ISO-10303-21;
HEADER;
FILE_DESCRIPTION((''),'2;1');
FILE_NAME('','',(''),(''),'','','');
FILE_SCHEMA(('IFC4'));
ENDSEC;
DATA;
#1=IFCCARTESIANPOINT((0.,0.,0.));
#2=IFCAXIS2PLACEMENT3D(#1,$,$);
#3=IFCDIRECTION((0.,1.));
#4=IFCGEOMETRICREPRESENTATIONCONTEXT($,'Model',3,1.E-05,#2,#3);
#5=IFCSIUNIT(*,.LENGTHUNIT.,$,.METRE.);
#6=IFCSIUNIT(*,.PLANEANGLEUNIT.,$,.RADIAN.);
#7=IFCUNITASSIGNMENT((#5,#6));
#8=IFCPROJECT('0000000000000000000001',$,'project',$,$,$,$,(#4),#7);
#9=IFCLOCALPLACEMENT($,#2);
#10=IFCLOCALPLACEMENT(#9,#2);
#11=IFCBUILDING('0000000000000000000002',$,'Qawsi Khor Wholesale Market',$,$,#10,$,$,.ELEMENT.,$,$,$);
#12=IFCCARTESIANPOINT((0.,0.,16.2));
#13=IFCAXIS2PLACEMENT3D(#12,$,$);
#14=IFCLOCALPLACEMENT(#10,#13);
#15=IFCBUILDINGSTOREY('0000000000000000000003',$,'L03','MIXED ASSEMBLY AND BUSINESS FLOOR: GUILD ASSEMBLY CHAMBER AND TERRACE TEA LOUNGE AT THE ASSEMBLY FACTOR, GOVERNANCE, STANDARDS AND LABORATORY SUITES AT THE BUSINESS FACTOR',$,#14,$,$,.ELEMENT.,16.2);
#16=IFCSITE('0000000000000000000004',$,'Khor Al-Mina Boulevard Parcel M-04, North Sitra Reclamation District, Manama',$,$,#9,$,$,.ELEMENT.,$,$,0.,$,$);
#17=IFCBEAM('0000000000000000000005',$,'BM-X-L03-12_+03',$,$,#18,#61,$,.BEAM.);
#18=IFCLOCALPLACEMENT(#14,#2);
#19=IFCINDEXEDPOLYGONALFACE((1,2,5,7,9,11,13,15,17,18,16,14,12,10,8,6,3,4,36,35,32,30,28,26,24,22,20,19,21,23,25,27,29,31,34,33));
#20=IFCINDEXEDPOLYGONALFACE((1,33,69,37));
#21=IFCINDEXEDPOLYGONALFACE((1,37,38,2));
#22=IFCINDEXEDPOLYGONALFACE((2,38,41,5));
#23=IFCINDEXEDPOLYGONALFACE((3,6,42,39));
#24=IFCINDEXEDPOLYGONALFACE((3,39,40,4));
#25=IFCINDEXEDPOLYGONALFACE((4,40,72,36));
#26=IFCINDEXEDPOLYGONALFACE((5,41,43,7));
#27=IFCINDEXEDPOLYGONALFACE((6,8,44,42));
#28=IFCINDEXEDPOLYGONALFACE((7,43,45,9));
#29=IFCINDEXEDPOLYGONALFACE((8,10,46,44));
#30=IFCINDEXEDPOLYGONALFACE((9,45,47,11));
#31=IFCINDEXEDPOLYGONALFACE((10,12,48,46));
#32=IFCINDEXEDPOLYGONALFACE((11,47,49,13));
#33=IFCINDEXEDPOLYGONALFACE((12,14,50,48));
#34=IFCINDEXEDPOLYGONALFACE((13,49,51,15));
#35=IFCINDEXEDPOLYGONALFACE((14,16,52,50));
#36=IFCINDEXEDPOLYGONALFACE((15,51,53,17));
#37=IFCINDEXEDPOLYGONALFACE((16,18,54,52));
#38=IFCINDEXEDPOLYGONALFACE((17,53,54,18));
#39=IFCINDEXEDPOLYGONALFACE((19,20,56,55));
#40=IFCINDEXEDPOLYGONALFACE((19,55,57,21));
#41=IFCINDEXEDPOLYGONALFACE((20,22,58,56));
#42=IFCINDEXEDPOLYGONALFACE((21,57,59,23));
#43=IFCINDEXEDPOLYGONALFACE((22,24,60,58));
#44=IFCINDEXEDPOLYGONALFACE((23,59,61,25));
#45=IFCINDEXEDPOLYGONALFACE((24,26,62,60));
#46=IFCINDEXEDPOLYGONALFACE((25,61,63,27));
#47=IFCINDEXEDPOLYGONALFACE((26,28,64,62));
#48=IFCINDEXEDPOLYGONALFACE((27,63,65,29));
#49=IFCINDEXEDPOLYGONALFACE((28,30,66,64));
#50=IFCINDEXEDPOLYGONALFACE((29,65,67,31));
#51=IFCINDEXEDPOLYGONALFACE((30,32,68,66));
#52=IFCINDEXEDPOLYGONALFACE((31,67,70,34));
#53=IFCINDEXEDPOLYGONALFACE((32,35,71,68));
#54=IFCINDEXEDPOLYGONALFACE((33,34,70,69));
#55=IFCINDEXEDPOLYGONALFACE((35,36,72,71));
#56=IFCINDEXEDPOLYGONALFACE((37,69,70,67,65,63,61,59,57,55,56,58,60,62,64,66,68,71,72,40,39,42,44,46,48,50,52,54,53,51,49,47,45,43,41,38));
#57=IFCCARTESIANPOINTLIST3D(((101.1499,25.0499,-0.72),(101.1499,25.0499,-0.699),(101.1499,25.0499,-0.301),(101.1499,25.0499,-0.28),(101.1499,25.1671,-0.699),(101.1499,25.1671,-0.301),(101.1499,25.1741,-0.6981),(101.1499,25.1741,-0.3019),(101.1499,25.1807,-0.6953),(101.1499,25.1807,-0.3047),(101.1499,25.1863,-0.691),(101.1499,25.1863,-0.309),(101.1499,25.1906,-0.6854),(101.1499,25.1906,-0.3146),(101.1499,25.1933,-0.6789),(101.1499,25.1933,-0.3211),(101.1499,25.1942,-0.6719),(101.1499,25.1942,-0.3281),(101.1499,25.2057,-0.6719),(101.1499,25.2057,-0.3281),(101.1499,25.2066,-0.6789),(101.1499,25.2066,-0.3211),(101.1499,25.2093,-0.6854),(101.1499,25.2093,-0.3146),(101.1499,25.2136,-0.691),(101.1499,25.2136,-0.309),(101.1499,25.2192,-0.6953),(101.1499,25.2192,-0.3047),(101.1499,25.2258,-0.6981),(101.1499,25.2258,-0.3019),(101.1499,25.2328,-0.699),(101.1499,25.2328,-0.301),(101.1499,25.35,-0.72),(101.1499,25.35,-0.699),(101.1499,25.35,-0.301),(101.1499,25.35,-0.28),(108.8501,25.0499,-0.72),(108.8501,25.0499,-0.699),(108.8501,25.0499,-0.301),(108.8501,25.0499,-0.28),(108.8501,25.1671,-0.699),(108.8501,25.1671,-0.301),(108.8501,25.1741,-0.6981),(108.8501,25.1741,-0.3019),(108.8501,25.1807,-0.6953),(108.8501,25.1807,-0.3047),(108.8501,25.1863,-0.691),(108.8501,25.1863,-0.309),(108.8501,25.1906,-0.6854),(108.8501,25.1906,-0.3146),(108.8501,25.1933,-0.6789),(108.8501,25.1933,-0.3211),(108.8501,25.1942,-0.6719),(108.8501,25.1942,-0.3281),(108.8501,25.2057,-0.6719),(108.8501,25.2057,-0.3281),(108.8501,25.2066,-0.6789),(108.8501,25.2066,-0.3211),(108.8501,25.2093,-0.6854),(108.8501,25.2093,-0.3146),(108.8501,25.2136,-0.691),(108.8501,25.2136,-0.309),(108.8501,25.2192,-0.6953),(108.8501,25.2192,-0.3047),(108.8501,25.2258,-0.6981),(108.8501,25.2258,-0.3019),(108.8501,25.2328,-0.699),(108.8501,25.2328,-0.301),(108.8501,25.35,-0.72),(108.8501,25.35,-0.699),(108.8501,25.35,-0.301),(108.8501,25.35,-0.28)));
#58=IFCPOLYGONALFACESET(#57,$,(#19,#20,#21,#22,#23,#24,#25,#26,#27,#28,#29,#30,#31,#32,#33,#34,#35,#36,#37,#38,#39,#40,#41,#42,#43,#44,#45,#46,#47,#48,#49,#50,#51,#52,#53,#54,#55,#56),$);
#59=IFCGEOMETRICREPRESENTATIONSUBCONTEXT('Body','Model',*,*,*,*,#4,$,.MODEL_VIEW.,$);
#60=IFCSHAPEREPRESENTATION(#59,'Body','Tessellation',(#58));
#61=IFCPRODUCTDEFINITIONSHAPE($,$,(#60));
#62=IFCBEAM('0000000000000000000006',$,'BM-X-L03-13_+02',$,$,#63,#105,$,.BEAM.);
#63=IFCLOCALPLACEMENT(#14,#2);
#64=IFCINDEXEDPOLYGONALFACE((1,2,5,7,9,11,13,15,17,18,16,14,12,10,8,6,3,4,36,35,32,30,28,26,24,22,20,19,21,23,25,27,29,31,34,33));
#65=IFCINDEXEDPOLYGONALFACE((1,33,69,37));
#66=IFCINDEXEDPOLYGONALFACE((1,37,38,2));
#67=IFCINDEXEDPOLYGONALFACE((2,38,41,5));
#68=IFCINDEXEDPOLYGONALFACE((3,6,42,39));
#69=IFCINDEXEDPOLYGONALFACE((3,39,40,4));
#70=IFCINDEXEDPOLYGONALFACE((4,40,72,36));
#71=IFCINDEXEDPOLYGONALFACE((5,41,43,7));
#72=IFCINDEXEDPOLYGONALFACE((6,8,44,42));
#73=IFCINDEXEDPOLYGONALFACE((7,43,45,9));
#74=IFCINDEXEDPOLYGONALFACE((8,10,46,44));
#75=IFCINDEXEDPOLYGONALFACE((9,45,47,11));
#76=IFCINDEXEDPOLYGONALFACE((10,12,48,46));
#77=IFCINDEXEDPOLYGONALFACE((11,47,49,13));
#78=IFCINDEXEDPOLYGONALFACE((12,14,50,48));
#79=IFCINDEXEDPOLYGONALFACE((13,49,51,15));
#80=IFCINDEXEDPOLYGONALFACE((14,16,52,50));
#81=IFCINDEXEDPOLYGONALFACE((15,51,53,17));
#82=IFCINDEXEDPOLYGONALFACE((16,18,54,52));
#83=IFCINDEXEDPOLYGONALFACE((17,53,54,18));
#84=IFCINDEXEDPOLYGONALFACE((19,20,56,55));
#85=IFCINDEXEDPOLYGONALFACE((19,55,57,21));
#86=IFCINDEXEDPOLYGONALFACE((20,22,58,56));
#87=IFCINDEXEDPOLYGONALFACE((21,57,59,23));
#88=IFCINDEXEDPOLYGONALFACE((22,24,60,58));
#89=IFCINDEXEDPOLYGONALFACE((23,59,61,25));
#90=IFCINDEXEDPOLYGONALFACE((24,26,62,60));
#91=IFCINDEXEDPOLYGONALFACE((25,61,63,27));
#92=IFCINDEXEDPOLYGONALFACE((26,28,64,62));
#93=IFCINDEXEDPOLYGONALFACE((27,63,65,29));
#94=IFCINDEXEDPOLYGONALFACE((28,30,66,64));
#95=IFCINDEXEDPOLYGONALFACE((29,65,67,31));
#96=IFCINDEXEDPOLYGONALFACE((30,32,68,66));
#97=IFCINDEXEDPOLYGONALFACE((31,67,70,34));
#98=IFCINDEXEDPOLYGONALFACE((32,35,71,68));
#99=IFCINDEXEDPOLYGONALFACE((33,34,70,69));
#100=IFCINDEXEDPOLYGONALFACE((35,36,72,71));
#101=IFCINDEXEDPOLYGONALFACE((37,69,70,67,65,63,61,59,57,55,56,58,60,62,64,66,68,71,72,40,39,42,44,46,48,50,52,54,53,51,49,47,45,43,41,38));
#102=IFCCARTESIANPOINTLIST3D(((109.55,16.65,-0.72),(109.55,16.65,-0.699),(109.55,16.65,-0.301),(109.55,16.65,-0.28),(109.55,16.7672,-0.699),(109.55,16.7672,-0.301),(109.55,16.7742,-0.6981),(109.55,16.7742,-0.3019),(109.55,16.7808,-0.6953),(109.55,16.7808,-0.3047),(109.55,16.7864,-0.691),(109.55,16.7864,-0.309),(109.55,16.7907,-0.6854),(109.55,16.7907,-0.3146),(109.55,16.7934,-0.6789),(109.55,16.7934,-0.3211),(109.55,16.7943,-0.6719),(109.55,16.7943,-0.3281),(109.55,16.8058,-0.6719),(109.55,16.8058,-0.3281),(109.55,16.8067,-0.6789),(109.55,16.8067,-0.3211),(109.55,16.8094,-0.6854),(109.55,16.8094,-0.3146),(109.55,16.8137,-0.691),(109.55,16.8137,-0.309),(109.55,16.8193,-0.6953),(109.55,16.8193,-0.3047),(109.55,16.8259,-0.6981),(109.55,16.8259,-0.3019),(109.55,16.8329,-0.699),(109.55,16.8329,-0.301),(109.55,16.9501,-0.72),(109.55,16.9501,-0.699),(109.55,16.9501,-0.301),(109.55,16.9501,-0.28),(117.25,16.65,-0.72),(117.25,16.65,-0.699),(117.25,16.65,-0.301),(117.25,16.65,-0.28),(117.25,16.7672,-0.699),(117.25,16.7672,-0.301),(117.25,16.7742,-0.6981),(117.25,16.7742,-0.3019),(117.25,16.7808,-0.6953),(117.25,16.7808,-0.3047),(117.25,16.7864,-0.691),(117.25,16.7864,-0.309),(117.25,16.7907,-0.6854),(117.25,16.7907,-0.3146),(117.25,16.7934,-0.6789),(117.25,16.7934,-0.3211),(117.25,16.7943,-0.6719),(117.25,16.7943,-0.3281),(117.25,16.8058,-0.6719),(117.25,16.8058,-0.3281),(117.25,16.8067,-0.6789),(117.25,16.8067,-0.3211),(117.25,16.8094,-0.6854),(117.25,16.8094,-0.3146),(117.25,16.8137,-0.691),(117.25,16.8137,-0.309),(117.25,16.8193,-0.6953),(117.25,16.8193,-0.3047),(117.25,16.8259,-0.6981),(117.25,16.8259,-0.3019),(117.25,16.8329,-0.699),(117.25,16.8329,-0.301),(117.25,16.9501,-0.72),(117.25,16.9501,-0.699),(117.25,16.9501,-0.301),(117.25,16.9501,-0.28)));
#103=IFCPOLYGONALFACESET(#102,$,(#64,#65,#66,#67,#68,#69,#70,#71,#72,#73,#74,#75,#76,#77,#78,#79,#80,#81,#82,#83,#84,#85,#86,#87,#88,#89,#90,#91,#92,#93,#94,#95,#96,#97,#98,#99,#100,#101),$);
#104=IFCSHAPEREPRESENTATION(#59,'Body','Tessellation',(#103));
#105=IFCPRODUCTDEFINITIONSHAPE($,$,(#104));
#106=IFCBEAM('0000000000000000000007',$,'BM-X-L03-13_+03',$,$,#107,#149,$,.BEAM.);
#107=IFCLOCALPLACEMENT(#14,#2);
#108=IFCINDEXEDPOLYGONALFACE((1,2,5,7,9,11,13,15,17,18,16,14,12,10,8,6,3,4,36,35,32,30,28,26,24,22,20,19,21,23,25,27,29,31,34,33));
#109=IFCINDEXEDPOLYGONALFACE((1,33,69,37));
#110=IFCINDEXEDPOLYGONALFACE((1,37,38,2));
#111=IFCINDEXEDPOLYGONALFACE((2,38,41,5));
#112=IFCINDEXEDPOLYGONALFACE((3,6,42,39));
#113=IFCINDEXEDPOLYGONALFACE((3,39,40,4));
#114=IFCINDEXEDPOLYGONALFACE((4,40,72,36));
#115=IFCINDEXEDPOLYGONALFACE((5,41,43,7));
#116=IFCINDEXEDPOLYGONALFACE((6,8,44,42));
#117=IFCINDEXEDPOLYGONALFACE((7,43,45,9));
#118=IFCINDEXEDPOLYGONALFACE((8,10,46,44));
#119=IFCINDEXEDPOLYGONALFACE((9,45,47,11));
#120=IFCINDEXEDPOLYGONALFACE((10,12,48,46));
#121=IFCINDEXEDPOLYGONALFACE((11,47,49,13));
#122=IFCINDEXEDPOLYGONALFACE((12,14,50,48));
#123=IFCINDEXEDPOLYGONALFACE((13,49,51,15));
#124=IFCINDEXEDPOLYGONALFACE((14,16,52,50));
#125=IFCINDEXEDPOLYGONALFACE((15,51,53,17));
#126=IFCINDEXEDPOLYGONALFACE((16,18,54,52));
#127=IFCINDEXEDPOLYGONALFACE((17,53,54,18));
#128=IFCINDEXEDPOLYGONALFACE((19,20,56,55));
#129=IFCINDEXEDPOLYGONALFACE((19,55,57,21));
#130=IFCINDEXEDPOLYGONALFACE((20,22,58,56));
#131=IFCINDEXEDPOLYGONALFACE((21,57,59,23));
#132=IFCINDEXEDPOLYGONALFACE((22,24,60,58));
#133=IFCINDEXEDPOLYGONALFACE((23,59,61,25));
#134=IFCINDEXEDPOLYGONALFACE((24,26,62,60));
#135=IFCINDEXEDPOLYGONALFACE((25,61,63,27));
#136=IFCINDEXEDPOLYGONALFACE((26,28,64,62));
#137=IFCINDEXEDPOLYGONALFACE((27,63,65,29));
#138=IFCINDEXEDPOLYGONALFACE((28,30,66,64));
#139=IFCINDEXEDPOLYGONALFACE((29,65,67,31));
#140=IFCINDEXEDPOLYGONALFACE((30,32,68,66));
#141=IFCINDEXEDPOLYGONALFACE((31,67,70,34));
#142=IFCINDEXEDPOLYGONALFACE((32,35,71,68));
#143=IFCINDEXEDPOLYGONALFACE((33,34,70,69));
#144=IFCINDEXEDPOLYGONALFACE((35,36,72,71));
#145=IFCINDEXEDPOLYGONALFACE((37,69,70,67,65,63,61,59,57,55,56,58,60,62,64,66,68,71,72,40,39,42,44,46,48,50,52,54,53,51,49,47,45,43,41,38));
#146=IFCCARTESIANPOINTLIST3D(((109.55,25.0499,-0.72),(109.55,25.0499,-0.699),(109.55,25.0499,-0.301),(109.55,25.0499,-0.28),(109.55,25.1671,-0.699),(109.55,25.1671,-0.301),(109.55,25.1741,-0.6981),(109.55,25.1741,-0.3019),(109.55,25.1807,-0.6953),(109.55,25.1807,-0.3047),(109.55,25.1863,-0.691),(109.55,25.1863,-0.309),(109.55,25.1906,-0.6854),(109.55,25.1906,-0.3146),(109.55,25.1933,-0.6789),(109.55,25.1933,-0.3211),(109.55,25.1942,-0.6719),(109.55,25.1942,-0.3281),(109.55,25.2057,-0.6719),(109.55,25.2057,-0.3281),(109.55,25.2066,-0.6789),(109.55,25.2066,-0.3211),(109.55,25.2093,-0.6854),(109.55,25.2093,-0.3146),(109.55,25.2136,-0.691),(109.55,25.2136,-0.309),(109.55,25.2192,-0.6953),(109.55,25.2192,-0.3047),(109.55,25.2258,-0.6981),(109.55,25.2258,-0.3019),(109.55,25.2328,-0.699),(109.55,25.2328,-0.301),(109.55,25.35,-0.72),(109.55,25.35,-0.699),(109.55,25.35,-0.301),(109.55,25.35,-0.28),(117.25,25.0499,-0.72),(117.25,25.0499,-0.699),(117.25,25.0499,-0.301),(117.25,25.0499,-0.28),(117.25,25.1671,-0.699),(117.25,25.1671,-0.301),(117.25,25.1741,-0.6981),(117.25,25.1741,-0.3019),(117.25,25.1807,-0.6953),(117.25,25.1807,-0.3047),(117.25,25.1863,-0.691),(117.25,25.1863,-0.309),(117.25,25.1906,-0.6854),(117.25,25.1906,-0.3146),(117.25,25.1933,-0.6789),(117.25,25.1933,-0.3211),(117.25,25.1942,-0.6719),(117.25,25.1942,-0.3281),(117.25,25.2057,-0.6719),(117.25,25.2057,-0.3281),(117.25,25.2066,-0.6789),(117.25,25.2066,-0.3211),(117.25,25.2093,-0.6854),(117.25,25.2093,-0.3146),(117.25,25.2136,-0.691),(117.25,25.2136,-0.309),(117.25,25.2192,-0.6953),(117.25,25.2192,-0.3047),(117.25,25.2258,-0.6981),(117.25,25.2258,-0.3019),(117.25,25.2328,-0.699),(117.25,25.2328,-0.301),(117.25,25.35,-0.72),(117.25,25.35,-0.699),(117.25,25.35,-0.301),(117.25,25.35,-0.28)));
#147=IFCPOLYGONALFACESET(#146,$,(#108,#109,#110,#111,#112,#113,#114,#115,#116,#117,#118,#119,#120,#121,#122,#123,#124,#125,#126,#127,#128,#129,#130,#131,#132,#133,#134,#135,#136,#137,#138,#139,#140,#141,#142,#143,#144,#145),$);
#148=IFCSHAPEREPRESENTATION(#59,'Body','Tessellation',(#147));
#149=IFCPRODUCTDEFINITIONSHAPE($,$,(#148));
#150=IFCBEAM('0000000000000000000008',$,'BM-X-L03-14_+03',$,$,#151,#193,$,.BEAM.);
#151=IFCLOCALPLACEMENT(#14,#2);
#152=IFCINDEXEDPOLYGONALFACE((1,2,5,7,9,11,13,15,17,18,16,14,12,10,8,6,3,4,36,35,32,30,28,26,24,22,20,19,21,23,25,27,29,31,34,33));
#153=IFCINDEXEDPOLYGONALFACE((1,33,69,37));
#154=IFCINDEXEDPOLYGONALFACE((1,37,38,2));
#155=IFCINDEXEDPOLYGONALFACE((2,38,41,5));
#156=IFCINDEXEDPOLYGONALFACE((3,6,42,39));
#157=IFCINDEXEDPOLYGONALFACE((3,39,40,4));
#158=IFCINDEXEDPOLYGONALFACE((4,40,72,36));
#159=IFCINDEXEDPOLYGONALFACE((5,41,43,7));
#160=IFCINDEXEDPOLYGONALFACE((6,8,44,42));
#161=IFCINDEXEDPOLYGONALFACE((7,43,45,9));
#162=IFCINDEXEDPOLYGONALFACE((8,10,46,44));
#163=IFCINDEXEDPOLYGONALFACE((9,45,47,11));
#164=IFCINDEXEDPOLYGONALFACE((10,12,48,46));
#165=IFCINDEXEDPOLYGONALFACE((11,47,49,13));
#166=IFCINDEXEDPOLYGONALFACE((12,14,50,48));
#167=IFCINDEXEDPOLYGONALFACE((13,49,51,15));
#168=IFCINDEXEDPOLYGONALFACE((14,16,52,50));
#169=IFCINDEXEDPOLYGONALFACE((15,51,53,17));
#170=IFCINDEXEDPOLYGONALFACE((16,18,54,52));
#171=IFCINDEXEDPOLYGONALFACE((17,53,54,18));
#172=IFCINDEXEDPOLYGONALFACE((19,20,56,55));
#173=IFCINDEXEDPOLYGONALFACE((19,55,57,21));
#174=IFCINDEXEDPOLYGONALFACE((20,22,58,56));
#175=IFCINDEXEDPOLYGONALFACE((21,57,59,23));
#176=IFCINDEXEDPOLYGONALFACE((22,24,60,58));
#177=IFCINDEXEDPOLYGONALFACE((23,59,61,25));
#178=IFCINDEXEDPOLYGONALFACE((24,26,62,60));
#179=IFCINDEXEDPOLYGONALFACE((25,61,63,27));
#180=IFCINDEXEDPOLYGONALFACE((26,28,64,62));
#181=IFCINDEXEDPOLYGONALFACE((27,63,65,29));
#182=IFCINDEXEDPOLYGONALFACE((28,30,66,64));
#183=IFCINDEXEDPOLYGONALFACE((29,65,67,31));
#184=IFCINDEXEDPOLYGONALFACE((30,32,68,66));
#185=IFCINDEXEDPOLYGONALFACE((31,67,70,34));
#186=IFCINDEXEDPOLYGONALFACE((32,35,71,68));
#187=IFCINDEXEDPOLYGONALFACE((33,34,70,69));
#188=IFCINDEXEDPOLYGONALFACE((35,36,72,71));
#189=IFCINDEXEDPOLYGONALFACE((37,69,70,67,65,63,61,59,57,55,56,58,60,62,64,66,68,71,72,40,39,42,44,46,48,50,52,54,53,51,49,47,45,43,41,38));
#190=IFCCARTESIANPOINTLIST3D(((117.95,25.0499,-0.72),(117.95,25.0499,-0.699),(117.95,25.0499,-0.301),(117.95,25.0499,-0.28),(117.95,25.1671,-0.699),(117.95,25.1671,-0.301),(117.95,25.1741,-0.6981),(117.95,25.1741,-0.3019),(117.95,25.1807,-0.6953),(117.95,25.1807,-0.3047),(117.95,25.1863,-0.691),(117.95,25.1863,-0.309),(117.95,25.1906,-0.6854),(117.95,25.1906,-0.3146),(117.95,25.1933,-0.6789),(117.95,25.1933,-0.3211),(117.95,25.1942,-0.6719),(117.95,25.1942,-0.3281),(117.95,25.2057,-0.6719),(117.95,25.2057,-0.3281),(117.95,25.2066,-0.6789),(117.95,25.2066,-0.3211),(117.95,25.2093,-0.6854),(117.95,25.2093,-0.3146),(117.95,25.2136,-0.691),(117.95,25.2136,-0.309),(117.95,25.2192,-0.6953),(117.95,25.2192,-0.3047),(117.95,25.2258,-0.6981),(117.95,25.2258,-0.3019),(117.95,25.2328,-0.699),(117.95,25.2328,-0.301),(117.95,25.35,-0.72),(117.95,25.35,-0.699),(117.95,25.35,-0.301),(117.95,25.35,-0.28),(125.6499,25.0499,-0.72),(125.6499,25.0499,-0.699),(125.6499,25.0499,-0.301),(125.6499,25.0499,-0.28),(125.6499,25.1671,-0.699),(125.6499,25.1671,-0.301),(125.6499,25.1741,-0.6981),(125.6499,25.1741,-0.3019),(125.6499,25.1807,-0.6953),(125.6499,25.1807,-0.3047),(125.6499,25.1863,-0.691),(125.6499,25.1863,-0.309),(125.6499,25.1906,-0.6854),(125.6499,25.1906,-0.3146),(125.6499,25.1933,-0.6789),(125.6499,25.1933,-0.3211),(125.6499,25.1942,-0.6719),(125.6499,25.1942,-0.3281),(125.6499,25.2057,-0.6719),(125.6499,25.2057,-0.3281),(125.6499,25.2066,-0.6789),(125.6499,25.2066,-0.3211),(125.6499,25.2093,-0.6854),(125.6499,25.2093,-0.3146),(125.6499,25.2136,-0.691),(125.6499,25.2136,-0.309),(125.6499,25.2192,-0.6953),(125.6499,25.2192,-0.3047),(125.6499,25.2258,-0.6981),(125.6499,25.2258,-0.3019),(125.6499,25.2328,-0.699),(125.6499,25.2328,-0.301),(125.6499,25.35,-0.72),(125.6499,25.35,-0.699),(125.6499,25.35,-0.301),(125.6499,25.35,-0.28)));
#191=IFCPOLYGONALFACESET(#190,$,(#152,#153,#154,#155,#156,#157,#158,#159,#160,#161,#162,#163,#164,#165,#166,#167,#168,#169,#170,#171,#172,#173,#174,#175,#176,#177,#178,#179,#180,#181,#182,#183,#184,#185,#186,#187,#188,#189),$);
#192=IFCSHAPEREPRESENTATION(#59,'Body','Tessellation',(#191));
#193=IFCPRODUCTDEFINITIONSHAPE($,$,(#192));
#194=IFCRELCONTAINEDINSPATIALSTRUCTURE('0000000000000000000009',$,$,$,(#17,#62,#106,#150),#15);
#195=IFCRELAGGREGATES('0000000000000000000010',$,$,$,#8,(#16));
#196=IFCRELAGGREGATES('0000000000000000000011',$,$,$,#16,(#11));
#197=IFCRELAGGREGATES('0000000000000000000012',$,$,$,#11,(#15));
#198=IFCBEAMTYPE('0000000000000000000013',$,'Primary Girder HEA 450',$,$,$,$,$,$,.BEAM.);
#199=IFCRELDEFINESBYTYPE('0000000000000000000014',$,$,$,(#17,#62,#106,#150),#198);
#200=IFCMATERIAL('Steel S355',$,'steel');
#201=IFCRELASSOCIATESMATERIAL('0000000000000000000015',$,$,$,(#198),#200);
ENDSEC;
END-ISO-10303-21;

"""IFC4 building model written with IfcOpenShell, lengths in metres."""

from ifc_helpers import new_model, si_unit, direction, frame, origin, origin_2d, place, context, subcontext, project, spatial, i_section, extrude, material, material_profile, profile_set, type_object, element, save


model = new_model("IFC4")

# Units and contexts
model_context = context("Model", 3, precision=1e-05, world=origin(), true_north=direction((0.0, 1.0)))
body_context = subcontext(model_context, "Body", "Model", "MODEL_VIEW")
ifc_project = project(units=[si_unit("LENGTHUNIT", "METRE"), si_unit("PLANEANGLEUNIT", "RADIAN")], contexts=[model_context])

# Site, building, storey
site_placement = place(None, origin())
site = spatial("IfcSite", under=ifc_project, at=site_placement, Name="Khor Al-Mina Boulevard Parcel M-04, North Sitra Reclamation District, Manama", CompositionType="ELEMENT", RefElevation=0.0)
building_placement = place(site_placement, origin())
building = spatial("IfcBuilding", under=site, at=building_placement, Name="Qawsi Khor Wholesale Market", CompositionType="ELEMENT")
storey_placement = place(building_placement, frame((0.0, 0.0, 16.2)))
storey = spatial("IfcBuildingStorey", under=building, at=storey_placement, Name="L03", Description="MIXED ASSEMBLY AND BUSINESS FLOOR: GUILD ASSEMBLY CHAMBER AND TERRACE TEA LOUNGE AT THE ASSEMBLY FACTOR, GOVERNANCE, STANDARDS AND LABORATORY SUITES AT THE BUSINESS FACTOR", CompositionType="ELEMENT", Elevation=16.2)

# Beams
ifc_material_1 = material(Name="Steel S355", Category="steel")
ifc_material_profile_1 = material_profile(ifc_material_1, i_section(OverallWidth=0.3, OverallDepth=0.4399, WebThickness=0.0115, FlangeThickness=0.021, FilletRadius=0.0271, at=origin_2d()), Name="HEA 450")
ifc_profile_set_1 = profile_set([ifc_material_profile_1], Name="Steel S355")
beam_type_1 = type_object("IfcBeamType", Name="Primary Girder HEA 450", PredefinedType="BEAM", material=ifc_profile_set_1)
for number, where, z_axis, x_axis, name in (
    (1, (101.1499, 25.2, -0.5), (1.0, 0.0, 0.0), (0.0, 1.0, 0.0), "BM-X-L03-12_+03"),
):
    element("IfcBeam", number, at=place(storey_placement, frame(where, z_axis=z_axis, x_axis=x_axis)), inside=storey, type_object=beam_type_1, Name=name, PredefinedType="BEAM", context=body_context, shape_type="SweptSolid", body=[
        extrude(i_section(OverallWidth=0.3, OverallDepth=0.4399, WebThickness=0.0115, FlangeThickness=0.021, FilletRadius=0.0271, at=origin_2d()), origin(), (0.0, 0.0, 1.0), 7.7002),
    ])
for number, where, z_axis, x_axis, name in (
    (2, (109.55, 16.8, -0.5), (1.0, 0.0, 0.0), (0.0, 1.0, 0.0), "BM-X-L03-13_+02"),
    (3, (109.55, 25.2, -0.5), (1.0, 0.0, 0.0), (0.0, 1.0, 0.0), "BM-X-L03-13_+03"),
    (4, (117.95, 25.2, -0.5), (1.0, 0.0, 0.0), (0.0, 1.0, 0.0), "BM-X-L03-14_+03"),
):
    element("IfcBeam", number, at=place(storey_placement, frame(where, z_axis=z_axis, x_axis=x_axis)), inside=storey, type_object=beam_type_1, Name=name, PredefinedType="BEAM", context=body_context, shape_type="SweptSolid", body=[
        extrude(i_section(OverallWidth=0.3, OverallDepth=0.4399, WebThickness=0.0115, FlangeThickness=0.021, FilletRadius=0.0271, at=origin_2d()), origin(), (0.0, 0.0, 1.0), 7.7),
    ])

save(model, "model.ifc")
